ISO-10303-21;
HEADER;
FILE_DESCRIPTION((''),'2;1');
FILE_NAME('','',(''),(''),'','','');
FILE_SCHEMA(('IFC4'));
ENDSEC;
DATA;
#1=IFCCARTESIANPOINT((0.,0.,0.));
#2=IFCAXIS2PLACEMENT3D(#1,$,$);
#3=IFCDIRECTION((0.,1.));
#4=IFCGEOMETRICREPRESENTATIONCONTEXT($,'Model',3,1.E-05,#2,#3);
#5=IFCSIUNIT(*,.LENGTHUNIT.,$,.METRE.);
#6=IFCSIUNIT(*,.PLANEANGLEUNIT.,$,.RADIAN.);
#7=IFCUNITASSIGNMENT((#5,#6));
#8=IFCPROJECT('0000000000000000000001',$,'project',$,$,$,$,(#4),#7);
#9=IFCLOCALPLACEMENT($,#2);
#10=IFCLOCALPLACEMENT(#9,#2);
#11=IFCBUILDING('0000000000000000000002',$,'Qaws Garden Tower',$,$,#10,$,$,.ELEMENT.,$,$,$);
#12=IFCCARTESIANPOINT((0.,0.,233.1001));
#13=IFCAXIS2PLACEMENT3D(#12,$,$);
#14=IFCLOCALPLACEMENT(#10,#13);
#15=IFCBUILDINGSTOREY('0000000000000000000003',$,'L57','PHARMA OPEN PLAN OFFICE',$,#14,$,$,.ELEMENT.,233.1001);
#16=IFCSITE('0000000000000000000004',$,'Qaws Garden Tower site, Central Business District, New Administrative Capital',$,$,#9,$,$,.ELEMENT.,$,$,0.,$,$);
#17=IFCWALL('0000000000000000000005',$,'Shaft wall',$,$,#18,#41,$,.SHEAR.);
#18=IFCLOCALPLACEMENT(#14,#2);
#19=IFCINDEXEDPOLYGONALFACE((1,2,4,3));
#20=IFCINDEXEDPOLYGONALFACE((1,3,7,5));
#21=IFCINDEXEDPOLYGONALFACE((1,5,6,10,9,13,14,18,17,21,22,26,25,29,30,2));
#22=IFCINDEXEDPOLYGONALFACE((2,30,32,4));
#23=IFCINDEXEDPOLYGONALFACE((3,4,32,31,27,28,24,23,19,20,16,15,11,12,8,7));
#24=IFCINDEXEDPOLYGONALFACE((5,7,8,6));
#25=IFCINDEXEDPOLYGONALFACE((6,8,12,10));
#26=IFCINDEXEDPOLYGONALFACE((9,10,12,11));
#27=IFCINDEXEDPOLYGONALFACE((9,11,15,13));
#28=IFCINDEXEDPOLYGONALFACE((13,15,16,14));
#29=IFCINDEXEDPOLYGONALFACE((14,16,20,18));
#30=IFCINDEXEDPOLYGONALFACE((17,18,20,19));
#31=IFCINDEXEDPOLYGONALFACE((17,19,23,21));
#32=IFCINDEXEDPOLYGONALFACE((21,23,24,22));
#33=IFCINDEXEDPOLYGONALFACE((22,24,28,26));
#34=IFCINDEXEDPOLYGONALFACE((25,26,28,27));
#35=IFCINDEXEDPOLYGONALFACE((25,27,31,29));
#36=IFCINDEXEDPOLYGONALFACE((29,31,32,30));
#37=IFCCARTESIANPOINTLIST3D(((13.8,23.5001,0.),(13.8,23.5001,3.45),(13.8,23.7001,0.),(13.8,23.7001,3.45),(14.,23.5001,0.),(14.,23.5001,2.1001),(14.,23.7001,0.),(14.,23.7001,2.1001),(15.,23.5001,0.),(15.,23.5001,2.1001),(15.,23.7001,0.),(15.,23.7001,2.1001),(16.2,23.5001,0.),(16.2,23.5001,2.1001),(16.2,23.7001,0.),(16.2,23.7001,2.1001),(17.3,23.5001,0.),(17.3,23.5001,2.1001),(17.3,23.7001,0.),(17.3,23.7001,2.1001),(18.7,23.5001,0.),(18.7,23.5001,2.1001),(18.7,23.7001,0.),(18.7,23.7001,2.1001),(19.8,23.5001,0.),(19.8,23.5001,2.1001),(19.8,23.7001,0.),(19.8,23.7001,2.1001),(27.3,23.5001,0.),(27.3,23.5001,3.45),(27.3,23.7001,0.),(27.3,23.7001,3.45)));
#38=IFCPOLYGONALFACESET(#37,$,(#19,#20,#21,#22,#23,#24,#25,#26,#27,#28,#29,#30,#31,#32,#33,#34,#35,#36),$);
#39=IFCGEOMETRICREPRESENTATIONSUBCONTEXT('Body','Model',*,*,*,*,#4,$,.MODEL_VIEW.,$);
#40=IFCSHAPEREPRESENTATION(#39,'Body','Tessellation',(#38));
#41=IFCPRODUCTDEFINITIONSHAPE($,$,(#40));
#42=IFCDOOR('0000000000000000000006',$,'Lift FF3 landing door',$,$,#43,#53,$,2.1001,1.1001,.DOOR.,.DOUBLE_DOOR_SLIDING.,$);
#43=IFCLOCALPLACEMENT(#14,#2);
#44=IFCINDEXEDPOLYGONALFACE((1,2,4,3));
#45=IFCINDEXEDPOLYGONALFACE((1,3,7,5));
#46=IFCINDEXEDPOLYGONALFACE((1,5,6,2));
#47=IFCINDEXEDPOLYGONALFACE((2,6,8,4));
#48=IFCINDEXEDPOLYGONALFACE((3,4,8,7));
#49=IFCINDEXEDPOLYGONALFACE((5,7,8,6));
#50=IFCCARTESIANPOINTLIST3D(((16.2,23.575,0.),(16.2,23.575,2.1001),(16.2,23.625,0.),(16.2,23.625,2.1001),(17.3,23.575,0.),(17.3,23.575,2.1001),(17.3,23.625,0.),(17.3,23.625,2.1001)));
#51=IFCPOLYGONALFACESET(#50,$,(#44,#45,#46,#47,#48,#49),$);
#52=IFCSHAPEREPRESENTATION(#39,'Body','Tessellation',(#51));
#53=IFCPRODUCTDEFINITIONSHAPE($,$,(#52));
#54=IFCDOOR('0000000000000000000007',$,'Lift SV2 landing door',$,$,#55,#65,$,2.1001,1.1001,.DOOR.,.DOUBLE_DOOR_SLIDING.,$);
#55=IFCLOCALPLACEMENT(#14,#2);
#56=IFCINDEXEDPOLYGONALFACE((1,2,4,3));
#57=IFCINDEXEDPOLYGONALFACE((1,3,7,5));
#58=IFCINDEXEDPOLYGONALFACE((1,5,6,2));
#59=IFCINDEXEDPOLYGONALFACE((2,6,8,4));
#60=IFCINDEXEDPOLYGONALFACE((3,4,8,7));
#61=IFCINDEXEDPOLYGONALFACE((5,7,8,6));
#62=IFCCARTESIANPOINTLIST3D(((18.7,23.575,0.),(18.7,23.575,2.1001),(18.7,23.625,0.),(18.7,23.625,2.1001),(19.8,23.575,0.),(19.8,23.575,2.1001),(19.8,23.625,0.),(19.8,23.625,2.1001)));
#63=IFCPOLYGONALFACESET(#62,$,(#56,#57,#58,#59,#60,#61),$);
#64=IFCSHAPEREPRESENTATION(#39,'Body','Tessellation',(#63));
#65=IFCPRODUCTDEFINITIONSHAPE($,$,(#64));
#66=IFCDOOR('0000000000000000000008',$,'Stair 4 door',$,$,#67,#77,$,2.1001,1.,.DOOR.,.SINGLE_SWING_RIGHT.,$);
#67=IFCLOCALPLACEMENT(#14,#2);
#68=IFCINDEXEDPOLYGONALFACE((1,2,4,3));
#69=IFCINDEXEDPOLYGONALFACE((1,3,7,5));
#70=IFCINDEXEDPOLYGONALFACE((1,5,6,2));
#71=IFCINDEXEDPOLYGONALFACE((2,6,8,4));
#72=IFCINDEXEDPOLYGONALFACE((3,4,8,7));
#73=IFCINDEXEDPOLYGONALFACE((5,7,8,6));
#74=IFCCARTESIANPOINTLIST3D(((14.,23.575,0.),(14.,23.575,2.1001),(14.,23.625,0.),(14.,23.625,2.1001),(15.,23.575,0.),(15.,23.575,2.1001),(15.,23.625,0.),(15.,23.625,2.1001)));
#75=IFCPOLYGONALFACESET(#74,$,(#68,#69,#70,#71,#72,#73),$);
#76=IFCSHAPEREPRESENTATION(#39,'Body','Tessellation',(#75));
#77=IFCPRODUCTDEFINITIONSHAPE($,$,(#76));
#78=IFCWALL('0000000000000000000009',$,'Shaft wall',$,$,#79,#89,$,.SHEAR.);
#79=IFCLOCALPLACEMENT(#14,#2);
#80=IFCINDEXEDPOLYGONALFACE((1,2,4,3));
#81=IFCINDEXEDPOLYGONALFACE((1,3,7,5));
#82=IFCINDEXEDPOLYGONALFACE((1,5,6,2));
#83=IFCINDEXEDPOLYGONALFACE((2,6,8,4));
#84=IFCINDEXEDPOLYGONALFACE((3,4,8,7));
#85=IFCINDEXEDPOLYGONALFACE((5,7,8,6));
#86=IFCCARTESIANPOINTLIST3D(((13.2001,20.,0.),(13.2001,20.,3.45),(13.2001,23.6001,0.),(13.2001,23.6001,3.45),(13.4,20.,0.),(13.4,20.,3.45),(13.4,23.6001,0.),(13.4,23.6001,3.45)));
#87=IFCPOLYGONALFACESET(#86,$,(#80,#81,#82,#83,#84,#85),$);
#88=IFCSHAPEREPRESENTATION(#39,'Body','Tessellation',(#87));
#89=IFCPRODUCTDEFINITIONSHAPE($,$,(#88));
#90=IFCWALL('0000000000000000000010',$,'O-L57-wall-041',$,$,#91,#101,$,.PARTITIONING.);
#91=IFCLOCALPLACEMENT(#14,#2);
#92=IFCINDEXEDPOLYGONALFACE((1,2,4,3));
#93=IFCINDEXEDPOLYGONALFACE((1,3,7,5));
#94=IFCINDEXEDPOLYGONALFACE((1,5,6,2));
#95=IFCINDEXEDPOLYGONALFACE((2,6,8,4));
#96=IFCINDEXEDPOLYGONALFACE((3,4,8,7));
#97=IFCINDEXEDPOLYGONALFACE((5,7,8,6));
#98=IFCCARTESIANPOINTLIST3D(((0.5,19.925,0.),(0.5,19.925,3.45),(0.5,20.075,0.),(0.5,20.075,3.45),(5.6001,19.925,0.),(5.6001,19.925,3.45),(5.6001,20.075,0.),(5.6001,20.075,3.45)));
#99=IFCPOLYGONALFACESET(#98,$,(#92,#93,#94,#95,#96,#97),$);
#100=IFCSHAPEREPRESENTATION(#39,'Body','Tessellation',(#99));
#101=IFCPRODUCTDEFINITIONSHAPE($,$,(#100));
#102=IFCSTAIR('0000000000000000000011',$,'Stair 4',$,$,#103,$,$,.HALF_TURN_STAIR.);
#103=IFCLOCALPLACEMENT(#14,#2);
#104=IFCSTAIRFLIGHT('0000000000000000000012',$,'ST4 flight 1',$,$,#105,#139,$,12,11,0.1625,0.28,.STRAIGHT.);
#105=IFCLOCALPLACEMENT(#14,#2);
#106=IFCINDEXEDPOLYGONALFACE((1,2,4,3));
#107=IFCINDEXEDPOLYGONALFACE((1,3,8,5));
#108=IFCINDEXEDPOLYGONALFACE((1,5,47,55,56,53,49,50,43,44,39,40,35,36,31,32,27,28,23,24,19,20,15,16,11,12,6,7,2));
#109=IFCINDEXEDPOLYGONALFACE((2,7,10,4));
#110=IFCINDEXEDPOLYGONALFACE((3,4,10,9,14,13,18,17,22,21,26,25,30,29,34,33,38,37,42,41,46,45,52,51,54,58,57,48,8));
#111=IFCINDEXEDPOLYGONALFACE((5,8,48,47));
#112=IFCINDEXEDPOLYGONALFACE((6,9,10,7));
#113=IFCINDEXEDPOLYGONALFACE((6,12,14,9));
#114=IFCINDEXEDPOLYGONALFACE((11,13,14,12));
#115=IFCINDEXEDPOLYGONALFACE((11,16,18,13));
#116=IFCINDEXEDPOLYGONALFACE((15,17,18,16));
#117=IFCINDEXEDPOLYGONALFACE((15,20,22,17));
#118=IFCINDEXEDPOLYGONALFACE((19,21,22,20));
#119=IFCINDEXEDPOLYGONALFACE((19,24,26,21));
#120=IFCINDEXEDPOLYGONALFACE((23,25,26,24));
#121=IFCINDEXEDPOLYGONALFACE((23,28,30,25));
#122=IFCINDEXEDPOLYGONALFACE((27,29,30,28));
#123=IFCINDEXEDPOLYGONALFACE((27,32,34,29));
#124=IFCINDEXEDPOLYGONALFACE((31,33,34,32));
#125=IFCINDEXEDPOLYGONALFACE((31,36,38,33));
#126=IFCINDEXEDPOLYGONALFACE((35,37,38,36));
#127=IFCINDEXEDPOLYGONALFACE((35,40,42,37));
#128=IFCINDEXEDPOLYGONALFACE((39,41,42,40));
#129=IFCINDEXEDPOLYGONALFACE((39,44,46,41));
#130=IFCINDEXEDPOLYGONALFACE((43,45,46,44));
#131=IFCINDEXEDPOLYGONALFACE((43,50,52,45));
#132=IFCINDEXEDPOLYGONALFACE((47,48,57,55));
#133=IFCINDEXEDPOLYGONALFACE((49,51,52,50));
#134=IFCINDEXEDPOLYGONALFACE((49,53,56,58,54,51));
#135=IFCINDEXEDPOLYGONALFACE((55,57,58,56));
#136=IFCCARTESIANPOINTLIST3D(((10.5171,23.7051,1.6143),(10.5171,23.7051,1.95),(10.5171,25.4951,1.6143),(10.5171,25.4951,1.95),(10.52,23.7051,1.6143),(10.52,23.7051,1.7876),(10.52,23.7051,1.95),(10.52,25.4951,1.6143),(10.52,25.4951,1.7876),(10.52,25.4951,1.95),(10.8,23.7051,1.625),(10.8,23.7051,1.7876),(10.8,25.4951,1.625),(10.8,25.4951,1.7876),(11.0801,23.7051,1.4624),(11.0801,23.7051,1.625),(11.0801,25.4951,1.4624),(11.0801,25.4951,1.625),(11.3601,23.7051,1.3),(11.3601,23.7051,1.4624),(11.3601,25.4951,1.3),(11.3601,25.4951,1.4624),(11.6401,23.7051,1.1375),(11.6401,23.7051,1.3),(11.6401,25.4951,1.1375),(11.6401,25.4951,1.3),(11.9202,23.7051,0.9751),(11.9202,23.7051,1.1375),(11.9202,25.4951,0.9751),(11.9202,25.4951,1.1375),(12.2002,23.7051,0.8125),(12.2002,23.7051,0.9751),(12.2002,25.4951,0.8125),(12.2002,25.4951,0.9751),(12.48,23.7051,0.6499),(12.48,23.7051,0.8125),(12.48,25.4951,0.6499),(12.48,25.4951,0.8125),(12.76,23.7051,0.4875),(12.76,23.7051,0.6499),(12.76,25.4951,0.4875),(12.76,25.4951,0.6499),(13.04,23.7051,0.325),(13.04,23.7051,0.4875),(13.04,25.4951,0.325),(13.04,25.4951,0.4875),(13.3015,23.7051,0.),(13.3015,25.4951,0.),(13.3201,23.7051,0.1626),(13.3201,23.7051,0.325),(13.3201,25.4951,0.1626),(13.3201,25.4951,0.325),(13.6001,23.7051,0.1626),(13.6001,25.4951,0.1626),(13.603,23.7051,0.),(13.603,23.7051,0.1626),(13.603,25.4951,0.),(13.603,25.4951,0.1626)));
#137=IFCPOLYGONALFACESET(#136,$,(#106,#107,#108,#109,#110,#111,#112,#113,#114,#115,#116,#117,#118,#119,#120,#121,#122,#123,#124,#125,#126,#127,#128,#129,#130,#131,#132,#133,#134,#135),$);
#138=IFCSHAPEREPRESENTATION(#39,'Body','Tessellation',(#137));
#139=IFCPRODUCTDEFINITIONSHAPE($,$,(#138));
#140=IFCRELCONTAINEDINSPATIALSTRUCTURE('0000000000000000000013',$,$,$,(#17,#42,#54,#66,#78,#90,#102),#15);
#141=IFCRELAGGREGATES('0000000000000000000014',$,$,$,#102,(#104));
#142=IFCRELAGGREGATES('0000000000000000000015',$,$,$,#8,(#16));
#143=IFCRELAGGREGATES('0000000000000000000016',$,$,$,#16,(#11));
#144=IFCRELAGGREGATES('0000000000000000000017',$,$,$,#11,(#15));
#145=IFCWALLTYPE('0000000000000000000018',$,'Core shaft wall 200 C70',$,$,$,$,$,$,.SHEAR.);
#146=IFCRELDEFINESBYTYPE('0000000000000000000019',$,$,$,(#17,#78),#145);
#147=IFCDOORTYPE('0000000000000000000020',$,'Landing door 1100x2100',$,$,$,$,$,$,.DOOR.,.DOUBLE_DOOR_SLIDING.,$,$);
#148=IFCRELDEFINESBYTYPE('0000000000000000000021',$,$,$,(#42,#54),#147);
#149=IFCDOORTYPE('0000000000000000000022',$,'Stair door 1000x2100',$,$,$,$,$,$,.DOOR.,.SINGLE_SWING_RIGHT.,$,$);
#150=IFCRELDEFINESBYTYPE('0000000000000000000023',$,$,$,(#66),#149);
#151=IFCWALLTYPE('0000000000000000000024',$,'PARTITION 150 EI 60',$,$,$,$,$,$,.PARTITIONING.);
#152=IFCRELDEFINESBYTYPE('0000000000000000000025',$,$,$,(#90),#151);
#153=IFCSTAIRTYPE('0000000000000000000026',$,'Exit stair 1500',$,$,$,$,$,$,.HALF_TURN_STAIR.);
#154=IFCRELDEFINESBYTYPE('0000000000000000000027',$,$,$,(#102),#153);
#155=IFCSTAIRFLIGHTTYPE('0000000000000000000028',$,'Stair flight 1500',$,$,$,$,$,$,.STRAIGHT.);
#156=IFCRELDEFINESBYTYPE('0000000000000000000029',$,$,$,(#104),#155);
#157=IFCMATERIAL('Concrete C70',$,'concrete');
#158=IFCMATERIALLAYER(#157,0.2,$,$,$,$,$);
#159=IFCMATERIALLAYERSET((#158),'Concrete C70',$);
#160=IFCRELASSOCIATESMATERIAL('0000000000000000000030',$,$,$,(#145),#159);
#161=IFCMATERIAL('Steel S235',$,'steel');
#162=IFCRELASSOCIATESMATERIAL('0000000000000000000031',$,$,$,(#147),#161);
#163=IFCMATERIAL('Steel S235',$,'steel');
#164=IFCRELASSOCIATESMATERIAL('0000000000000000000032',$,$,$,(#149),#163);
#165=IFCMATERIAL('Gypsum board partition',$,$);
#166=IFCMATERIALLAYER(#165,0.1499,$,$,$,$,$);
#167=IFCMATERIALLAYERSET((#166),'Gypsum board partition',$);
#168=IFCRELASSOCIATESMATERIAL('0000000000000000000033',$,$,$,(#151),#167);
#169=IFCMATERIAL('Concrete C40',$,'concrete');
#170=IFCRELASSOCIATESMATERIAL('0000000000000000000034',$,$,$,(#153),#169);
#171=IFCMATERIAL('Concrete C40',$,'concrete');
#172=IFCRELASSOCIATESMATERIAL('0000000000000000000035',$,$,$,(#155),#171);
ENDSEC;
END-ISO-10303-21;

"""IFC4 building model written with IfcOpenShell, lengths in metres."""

from ifc_helpers import new_model, si_unit, direction, frame, frame_2d, origin, place, context, subcontext, project, spatial, polyline, rectangle, outline, extrude, material, layer, layer_set, type_object, element, fill, aggregate, save


model = new_model("IFC4")

# Units and contexts
model_context = context("Model", 3, precision=1e-05, world=origin(), true_north=direction((0.0, 1.0)))
body_context = subcontext(model_context, "Body", "Model", "MODEL_VIEW")
ifc_project = project(units=[si_unit("LENGTHUNIT", "METRE"), si_unit("PLANEANGLEUNIT", "RADIAN")], contexts=[model_context])

# Site, building, storey
site_placement = place(None, origin())
site = spatial("IfcSite", under=ifc_project, at=site_placement, Name="Qaws Garden Tower site, Central Business District, New Administrative Capital", CompositionType="ELEMENT", RefElevation=0.0)
building_placement = place(site_placement, origin())
building = spatial("IfcBuilding", under=site, at=building_placement, Name="Qaws Garden Tower", CompositionType="ELEMENT")
storey_placement = place(building_placement, frame((0.0, 0.0, 233.1001)))
storey = spatial("IfcBuildingStorey", under=building, at=storey_placement, Name="L57", Description="PHARMA OPEN PLAN OFFICE", CompositionType="ELEMENT", Elevation=233.1001)

# Shared definitions
ifc_material_1 = material(Name="Concrete C70", Category="concrete")
ifc_layer_1 = layer(ifc_material_1, 0.2)
ifc_layer_set_1 = layer_set([ifc_layer_1], Name="Concrete C70")
wall_type_1 = type_object("IfcWallType", Name="Core shaft wall 200 C70", PredefinedType="SHEAR", material=ifc_layer_set_1)

# Wall, openings, doors
wall_1_placement = place(storey_placement, frame((13.8, 23.6001, 0.0), z_axis=(0.0, 0.0, 1.0), x_axis=(1.0, 0.0, 0.0)))
wall_1 = element("IfcWall", 1, at=wall_1_placement, inside=storey, type_object=wall_type_1, Name="Shaft wall", PredefinedType="SHEAR", context=body_context, shape_type="SweptSolid", body=[
    extrude(rectangle(XDim=13.5, YDim=0.2, at=frame_2d((6.75, 0.0))), origin(), (0.0, 0.0, 1.0), 3.45),
])
opening_1_placement = place(wall_1_placement, frame((2.3999, 0.0, 0.0)))
opening_1 = element("IfcOpeningElement", 2, at=opening_1_placement, cuts=wall_1, PredefinedType="OPENING", context=body_context, shape_type="SweptSolid", body=[
    extrude(rectangle(XDim=1.1001, YDim=2.1001, at=frame_2d((0.55, 1.05))), frame((0.0, 0.1099, 0.0), z_axis=(0.0, -1.0, 0.0), x_axis=(1.0, 0.0, 0.0)), (0.0, 0.0, 1.0), 0.22),
])
opening_2_placement = place(wall_1_placement, frame((4.8999, 0.0, 0.0)))
opening_2 = element("IfcOpeningElement", 3, at=opening_2_placement, cuts=wall_1, PredefinedType="OPENING", context=body_context, shape_type="SweptSolid", body=[
    extrude(rectangle(XDim=1.1001, YDim=2.1001, at=frame_2d((0.55, 1.05))), frame((0.0, 0.1099, 0.0), z_axis=(0.0, -1.0, 0.0), x_axis=(1.0, 0.0, 0.0)), (0.0, 0.0, 1.0), 0.22),
])
opening_3_placement = place(wall_1_placement, frame((0.2, 0.0, 0.0)))
opening_3 = element("IfcOpeningElement", 4, at=opening_3_placement, cuts=wall_1, PredefinedType="OPENING", context=body_context, shape_type="SweptSolid", body=[
    extrude(rectangle(XDim=1.0, YDim=2.1001, at=frame_2d((0.5, 1.05))), frame((0.0, 0.1099, 0.0), z_axis=(0.0, -1.0, 0.0), x_axis=(1.0, 0.0, 0.0)), (0.0, 0.0, 1.0), 0.22),
])
ifc_material_2 = material(Name="Steel S235", Category="steel")
door_type_1 = type_object("IfcDoorType", Name="Landing door 1100x2100", OperationType="DOUBLE_DOOR_SLIDING", PredefinedType="DOOR", material=ifc_material_2)
door_1_placement = place(opening_1_placement, origin())
door_1 = element("IfcDoor", 5, at=door_1_placement, inside=storey, type_object=door_type_1, Name="Lift FF3 landing door", OperationType="DOUBLE_DOOR_SLIDING", OverallHeight=2.1001, OverallWidth=1.1001, PredefinedType="DOOR", context=body_context, shape_type="SweptSolid", body=[
    extrude(rectangle(XDim=1.1001, YDim=2.1001, at=frame_2d((0.55, 1.05))), frame((0.0, 0.0249, 0.0), z_axis=(0.0, -1.0, 0.0), x_axis=(1.0, 0.0, 0.0)), (0.0, 0.0, 1.0), 0.05),
])
fill(opening_1, door_1)
door_2_placement = place(opening_2_placement, origin())
door_2 = element("IfcDoor", 6, at=door_2_placement, inside=storey, type_object=door_type_1, Name="Lift SV2 landing door", OperationType="DOUBLE_DOOR_SLIDING", OverallHeight=2.1001, OverallWidth=1.1001, PredefinedType="DOOR", context=body_context, shape_type="SweptSolid", body=[
    extrude(rectangle(XDim=1.1001, YDim=2.1001, at=frame_2d((0.55, 1.05))), frame((0.0, 0.0249, 0.0), z_axis=(0.0, -1.0, 0.0), x_axis=(1.0, 0.0, 0.0)), (0.0, 0.0, 1.0), 0.05),
])
fill(opening_2, door_2)
ifc_material_3 = material(Name="Steel S235", Category="steel")
door_type_2 = type_object("IfcDoorType", Name="Stair door 1000x2100", OperationType="SINGLE_SWING_RIGHT", PredefinedType="DOOR", material=ifc_material_3)
door_3_placement = place(opening_3_placement, origin())
door_3 = element("IfcDoor", 7, at=door_3_placement, inside=storey, type_object=door_type_2, Name="Stair 4 door", OperationType="SINGLE_SWING_RIGHT", OverallHeight=2.1001, OverallWidth=1.0, PredefinedType="DOOR", context=body_context, shape_type="SweptSolid", body=[
    extrude(rectangle(XDim=1.0, YDim=2.1001, at=frame_2d((0.5, 1.05))), frame((0.0, 0.0249, 0.0), z_axis=(0.0, -1.0, 0.0), x_axis=(1.0, 0.0, 0.0)), (0.0, 0.0, 1.0), 0.05),
])
fill(opening_3, door_3)

# Walls
wall_2_placement = place(storey_placement, frame((13.3, 20.0, 0.0), z_axis=(0.0, 0.0, 1.0), x_axis=(0.0, 1.0, 0.0)))
element("IfcWall", 8, at=wall_2_placement, inside=storey, type_object=wall_type_1, Name="Shaft wall", PredefinedType="SHEAR", context=body_context, shape_type="SweptSolid", body=[
    extrude(rectangle(XDim=3.6001, YDim=0.2, at=frame_2d((1.8, 0.0))), origin(), (0.0, 0.0, 1.0), 3.45),
])
ifc_material_4 = material(Name="Gypsum board partition")
ifc_layer_2 = layer(ifc_material_4, 0.1499)
ifc_layer_set_2 = layer_set([ifc_layer_2], Name="Gypsum board partition")
wall_type_2 = type_object("IfcWallType", Name="PARTITION 150 EI 60", PredefinedType="PARTITIONING", material=ifc_layer_set_2)
wall_3_placement = place(storey_placement, frame((0.5, 20.0, 0.0), z_axis=(0.0, 0.0, 1.0), x_axis=(1.0, 0.0, 0.0)))
element("IfcWall", 9, at=wall_3_placement, inside=storey, type_object=wall_type_2, Name="O-L57-wall-041", PredefinedType="PARTITIONING", context=body_context, shape_type="SweptSolid", body=[
    extrude(rectangle(XDim=5.1001, YDim=0.1499, at=frame_2d((2.55, 0.0))), origin(), (0.0, 0.0, 1.0), 3.45),
])

# Stair, stair flight
ifc_material_5 = material(Name="Concrete C40", Category="concrete")
stair_type = type_object("IfcStairType", Name="Exit stair 1500", PredefinedType="HALF_TURN_STAIR", material=ifc_material_5)
stair_placement = place(storey_placement, origin())
stair = element("IfcStair", 10, at=stair_placement, inside=storey, type_object=stair_type, Name="Stair 4", PredefinedType="HALF_TURN_STAIR")
ifc_material_6 = material(Name="Concrete C40", Category="concrete")
stair_flight_type = type_object("IfcStairFlightType", Name="Stair flight 1500", PredefinedType="STRAIGHT", material=ifc_material_6)
stair_flight_placement = place(storey_placement, frame((13.6001, 24.6001, 0.0), z_axis=(0.0, 0.0, 1.0), x_axis=(-1.0, 0.0, 0.0)))
stair_flight = element("IfcStairFlight", 11, at=stair_flight_placement, type_object=stair_flight_type, Name="ST4 flight 1", NumberOfRisers=12, NumberOfTreads=11, PredefinedType="STRAIGHT", RiserHeight=0.1625, TreadLength=0.28, context=body_context, shape_type="SweptSolid", body=[
    extrude(outline(polyline([(-0.0029, 0.0), (-0.0029, 0.1626), (0.0, 0.1626), (0.28, 0.1626), (0.28, 0.325), (0.5601, 0.325), (0.5601, 0.4875), (0.8401, 0.4875), (0.8401, 0.6499), (1.1201, 0.6499), (1.1201, 0.8125), (1.3999, 0.8125), (1.3999, 0.9751), (1.6799, 0.9751), (1.6799, 1.1375), (1.96, 1.1375), (1.96, 1.3), (2.24, 1.3), (2.24, 1.4624), (2.52, 1.4624), (2.52, 1.625), (2.8, 1.625), (2.8, 1.7876), (3.0801, 1.7876), (3.0801, 1.95), (3.083, 1.95), (3.083, 1.6143), (3.0801, 1.6143), (0.2986, 0.0), (-0.0029, 0.0)])), frame((0.0, 0.895, 0.0), z_axis=(0.0, -1.0, 0.0), x_axis=(1.0, 0.0, 0.0)), (0.0, 0.0, 1.0), 1.79),
])
aggregate(stair, [stair_flight])

save(model, "model.ifc")
